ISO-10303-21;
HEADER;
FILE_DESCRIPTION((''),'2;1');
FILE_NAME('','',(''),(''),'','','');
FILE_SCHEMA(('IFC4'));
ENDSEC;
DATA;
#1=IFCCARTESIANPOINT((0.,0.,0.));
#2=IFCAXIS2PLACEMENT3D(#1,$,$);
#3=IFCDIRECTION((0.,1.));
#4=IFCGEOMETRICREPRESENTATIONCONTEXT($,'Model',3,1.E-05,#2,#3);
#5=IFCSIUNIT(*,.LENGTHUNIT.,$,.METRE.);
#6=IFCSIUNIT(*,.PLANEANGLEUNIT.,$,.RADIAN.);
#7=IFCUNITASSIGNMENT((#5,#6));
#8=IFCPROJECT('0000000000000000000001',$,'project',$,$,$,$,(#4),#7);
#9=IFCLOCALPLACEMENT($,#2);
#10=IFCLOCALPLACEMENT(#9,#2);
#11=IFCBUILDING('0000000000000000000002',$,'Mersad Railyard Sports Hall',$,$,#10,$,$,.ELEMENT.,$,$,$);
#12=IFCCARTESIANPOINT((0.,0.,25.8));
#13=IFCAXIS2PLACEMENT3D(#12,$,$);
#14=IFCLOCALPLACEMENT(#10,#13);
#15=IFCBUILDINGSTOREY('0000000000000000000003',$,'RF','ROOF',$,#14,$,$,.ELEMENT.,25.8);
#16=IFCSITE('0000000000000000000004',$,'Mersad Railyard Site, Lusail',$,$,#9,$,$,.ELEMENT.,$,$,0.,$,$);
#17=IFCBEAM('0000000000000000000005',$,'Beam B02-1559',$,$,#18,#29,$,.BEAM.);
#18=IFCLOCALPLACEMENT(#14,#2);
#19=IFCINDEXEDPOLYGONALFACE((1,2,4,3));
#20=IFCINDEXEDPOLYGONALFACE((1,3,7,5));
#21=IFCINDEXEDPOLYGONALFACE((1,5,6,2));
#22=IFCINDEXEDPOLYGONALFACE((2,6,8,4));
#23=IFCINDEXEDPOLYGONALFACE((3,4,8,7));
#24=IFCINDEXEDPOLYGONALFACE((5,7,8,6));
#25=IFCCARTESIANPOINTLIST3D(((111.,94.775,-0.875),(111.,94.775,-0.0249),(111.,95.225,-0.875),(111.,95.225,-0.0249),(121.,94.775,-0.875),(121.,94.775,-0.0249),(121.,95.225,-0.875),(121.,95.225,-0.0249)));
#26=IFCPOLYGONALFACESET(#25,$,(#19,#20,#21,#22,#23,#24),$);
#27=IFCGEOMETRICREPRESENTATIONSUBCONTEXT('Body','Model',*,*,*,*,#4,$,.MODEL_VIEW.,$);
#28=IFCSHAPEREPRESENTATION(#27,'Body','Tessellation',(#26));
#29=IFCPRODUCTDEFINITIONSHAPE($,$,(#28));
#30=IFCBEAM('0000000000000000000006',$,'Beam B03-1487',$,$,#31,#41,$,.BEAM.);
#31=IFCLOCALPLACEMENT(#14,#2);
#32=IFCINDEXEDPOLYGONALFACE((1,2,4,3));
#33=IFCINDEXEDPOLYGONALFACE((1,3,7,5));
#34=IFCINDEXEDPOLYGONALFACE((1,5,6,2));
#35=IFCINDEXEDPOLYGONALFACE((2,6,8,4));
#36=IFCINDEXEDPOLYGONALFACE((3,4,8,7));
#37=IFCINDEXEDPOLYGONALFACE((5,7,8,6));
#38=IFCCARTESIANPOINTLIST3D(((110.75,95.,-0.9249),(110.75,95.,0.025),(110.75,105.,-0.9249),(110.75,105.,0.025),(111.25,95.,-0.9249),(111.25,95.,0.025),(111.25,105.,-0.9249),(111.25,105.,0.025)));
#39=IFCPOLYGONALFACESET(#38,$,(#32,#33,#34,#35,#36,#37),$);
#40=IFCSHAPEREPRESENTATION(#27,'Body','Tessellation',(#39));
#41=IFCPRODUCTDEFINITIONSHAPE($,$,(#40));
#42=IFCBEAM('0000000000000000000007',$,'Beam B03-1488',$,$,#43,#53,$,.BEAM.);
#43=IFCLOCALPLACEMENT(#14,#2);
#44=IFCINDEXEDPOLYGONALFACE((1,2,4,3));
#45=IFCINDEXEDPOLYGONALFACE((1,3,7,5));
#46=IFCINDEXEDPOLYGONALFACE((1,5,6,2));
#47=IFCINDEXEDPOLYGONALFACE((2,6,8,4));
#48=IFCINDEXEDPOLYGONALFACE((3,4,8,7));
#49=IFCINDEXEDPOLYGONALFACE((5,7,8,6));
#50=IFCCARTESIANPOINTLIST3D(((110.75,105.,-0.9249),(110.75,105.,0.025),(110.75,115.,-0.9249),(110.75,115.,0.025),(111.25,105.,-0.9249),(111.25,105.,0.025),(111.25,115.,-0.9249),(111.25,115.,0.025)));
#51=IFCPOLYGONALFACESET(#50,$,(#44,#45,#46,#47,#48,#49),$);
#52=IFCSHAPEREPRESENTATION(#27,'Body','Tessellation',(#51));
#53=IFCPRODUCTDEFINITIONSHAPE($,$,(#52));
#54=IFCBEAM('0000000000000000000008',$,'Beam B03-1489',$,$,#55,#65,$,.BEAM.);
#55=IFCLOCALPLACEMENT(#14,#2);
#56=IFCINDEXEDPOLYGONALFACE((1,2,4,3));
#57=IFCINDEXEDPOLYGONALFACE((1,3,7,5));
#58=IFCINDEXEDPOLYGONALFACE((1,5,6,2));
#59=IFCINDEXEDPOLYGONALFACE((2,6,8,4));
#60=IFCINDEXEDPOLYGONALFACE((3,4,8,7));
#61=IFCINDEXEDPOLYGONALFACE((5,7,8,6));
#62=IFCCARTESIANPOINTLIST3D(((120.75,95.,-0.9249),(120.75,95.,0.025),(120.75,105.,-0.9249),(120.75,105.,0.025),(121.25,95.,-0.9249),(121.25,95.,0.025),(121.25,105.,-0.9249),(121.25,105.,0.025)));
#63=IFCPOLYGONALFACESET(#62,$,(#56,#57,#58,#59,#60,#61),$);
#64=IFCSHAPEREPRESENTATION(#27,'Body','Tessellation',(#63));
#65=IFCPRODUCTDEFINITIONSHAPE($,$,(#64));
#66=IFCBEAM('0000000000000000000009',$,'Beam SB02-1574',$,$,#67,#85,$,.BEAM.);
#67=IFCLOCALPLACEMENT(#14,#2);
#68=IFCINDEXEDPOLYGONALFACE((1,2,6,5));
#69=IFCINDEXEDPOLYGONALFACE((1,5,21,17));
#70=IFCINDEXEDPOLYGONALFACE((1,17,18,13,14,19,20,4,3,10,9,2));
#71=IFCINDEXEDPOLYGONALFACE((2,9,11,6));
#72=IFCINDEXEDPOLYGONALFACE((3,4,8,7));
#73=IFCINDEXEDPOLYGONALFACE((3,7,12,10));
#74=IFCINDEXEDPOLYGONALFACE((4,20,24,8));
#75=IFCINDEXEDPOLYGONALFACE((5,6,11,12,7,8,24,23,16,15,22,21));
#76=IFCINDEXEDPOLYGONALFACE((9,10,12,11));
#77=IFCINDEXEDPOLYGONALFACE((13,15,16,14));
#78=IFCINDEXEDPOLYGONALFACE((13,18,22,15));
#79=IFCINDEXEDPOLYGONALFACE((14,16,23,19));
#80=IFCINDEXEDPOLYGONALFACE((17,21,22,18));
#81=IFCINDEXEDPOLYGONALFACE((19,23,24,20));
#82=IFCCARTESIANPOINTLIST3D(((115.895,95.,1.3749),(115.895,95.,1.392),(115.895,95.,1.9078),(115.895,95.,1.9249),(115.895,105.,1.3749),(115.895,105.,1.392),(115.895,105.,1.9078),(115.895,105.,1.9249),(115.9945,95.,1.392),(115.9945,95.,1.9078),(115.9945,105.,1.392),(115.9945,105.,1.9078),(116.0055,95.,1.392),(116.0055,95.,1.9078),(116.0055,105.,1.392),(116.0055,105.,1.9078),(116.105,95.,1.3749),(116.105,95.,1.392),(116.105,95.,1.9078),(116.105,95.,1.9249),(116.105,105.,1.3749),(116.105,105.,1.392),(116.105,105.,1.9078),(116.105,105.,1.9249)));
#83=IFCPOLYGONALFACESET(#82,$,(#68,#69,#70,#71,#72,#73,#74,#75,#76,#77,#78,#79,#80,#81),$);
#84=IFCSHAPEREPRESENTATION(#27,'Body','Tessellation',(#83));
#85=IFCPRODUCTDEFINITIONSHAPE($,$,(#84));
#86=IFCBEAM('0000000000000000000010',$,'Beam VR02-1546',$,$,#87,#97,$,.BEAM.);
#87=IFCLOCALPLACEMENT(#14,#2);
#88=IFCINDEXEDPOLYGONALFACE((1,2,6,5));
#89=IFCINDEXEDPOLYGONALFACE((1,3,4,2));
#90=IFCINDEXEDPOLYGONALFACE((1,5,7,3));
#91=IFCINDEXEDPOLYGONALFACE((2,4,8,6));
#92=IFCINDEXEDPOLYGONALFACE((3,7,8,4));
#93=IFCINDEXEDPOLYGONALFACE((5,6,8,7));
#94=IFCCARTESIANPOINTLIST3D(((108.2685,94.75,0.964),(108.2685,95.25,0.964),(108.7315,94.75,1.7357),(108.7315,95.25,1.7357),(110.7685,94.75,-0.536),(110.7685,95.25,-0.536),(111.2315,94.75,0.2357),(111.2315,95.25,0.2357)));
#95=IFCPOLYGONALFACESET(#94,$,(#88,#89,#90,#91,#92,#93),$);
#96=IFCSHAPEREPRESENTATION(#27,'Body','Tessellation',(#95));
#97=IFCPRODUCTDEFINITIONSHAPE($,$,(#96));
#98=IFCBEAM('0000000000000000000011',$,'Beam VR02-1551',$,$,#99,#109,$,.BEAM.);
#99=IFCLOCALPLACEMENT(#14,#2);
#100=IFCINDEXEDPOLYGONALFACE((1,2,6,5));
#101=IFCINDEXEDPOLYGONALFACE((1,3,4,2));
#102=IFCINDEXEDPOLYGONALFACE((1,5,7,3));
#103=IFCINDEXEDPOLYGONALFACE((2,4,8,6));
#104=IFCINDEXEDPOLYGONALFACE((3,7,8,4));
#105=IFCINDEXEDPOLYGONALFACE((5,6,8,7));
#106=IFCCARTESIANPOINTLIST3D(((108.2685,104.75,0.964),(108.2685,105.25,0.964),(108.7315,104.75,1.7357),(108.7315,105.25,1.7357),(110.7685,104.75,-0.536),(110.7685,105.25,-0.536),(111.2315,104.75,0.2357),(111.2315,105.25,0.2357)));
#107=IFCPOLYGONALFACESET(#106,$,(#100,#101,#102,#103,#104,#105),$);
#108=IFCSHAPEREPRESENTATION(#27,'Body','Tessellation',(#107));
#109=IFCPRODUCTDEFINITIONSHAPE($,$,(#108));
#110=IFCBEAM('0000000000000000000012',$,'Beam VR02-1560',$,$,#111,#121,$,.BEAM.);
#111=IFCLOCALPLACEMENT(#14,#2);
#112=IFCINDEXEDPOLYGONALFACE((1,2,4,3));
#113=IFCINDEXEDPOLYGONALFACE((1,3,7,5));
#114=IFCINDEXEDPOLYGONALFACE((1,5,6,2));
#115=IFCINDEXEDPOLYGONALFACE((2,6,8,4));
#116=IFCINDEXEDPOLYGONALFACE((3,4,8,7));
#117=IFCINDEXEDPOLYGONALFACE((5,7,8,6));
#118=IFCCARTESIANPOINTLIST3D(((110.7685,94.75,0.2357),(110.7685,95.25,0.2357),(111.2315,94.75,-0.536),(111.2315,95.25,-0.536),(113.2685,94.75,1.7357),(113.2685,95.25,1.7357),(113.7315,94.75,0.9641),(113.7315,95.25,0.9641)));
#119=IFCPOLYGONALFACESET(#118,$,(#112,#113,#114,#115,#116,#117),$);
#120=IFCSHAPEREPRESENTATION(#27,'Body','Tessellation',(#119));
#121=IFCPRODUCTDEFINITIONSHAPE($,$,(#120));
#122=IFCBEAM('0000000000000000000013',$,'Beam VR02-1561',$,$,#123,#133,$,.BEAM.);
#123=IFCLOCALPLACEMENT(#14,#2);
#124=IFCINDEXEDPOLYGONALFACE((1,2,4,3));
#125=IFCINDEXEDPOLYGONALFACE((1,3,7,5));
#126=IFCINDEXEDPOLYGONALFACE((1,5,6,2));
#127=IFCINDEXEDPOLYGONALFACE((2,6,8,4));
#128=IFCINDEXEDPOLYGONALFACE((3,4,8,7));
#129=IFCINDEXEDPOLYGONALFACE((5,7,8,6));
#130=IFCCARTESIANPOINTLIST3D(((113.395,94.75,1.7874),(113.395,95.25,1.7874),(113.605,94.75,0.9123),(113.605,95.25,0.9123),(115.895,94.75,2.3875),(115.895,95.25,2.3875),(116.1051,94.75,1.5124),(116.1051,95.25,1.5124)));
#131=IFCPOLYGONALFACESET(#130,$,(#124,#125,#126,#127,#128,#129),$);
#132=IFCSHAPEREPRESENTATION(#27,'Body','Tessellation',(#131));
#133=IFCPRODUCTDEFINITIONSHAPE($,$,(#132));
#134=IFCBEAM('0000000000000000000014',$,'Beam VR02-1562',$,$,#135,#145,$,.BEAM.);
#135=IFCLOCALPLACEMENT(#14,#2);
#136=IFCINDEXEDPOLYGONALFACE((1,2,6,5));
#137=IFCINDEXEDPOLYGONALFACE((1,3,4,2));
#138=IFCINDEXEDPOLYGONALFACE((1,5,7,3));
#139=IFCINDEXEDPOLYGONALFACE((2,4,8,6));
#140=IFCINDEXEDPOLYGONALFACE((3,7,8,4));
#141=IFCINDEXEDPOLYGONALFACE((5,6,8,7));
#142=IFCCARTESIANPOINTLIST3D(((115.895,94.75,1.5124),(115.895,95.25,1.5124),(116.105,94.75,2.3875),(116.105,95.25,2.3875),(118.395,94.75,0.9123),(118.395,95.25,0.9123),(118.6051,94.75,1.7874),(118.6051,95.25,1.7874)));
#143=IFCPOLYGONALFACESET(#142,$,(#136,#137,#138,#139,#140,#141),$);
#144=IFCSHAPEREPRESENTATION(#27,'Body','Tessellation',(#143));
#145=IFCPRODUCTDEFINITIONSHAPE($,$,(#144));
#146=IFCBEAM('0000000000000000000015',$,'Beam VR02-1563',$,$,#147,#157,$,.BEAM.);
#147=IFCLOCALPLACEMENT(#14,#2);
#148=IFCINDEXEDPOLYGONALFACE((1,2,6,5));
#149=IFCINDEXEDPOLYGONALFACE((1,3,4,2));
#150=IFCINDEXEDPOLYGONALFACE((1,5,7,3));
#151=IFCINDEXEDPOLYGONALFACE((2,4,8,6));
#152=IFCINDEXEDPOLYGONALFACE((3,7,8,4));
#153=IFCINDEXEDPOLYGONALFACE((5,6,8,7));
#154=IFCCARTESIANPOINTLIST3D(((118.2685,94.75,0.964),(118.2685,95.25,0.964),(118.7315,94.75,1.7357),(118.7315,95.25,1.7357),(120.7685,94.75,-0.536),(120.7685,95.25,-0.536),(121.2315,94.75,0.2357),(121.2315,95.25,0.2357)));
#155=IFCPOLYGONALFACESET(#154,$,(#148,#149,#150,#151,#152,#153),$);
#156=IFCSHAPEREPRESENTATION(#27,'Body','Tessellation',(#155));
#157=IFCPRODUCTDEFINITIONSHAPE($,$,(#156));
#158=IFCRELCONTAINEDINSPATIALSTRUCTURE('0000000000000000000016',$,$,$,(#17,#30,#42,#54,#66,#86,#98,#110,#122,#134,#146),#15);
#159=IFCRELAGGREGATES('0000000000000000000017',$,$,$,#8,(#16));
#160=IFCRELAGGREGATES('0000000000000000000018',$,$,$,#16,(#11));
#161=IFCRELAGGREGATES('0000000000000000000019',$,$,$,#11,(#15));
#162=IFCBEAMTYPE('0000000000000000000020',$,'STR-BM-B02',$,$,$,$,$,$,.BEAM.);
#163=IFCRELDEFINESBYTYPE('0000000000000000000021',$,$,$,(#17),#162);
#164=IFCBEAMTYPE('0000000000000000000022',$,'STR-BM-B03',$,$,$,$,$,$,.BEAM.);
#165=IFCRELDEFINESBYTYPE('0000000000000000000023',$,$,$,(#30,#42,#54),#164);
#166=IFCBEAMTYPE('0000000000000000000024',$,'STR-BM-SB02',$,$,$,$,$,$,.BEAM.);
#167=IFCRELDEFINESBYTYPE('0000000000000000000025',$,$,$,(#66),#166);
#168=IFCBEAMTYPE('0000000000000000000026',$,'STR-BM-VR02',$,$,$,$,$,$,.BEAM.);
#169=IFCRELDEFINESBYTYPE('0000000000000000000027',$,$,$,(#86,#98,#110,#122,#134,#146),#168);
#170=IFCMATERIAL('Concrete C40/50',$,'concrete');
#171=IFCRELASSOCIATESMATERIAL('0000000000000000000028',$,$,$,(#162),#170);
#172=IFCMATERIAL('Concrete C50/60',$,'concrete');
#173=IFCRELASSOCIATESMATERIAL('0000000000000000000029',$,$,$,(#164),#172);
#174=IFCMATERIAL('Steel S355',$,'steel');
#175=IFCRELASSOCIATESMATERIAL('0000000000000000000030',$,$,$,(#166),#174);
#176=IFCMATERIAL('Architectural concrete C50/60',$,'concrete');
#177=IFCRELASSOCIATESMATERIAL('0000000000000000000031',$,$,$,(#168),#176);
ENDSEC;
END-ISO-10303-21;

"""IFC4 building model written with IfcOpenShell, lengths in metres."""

from ifc_helpers import new_model, si_unit, direction, frame, origin, origin_2d, place, context, subcontext, project, spatial, rectangle, i_section, extrude, material, material_profile, profile_set, type_object, element, save


model = new_model("IFC4")

# Units and contexts
model_context = context("Model", 3, precision=1e-05, world=origin(), true_north=direction((0.0, 1.0)))
body_context = subcontext(model_context, "Body", "Model", "MODEL_VIEW")
ifc_project = project(units=[si_unit("LENGTHUNIT", "METRE"), si_unit("PLANEANGLEUNIT", "RADIAN")], contexts=[model_context])

# Site, building, storey
site_placement = place(None, origin())
site = spatial("IfcSite", under=ifc_project, at=site_placement, Name="Mersad Railyard Site, Lusail", CompositionType="ELEMENT", RefElevation=0.0)
building_placement = place(site_placement, origin())
building = spatial("IfcBuilding", under=site, at=building_placement, Name="Mersad Railyard Sports Hall", CompositionType="ELEMENT")
storey_placement = place(building_placement, frame((0.0, 0.0, 25.8)))
storey = spatial("IfcBuildingStorey", under=building, at=storey_placement, Name="RF", Description="ROOF", CompositionType="ELEMENT", Elevation=25.8)

# Beams
ifc_material_1 = material(Name="Concrete C40/50", Category="concrete")
ifc_material_profile_1 = material_profile(ifc_material_1, rectangle(XDim=0.45, YDim=0.8501, at=origin_2d()), Name="RC 450x850")
ifc_profile_set_1 = profile_set([ifc_material_profile_1], Name="Concrete C40/50")
beam_type_1 = type_object("IfcBeamType", Name="STR-BM-B02", PredefinedType="BEAM", material=ifc_profile_set_1)
beam_1_placement = place(storey_placement, frame((111.0, 95.0, -0.45), z_axis=(1.0, 0.0, 0.0), x_axis=(0.0, 1.0, 0.0)))
element("IfcBeam", 1, at=beam_1_placement, inside=storey, type_object=beam_type_1, Name="Beam B02-1559", PredefinedType="BEAM", context=body_context, shape_type="SweptSolid", body=[
    extrude(rectangle(XDim=0.45, YDim=0.8501, at=origin_2d()), origin(), (0.0, 0.0, 1.0), 10.0),
])
ifc_material_2 = material(Name="Concrete C50/60", Category="concrete")
ifc_material_profile_2 = material_profile(ifc_material_2, rectangle(XDim=0.5, YDim=0.95, at=origin_2d()), Name="RC 500x950")
ifc_profile_set_2 = profile_set([ifc_material_profile_2], Name="Concrete C50/60")
beam_type_2 = type_object("IfcBeamType", Name="STR-BM-B03", PredefinedType="BEAM", material=ifc_profile_set_2)
for number, where, z_axis, x_axis, name in (
    (2, (111.0, 95.0, -0.45), (0.0, 1.0, 0.0), (-1.0, 0.0, 0.0), "Beam B03-1487"),
    (3, (111.0, 105.0, -0.45), (0.0, 1.0, 0.0), (-1.0, 0.0, 0.0), "Beam B03-1488"),
    (4, (121.0, 95.0, -0.45), (0.0, 1.0, 0.0), (-1.0, 0.0, 0.0), "Beam B03-1489"),
):
    element("IfcBeam", number, at=place(storey_placement, frame(where, z_axis=z_axis, x_axis=x_axis)), inside=storey, type_object=beam_type_2, Name=name, PredefinedType="BEAM", context=body_context, shape_type="SweptSolid", body=[
        extrude(rectangle(XDim=0.5, YDim=0.95, at=origin_2d()), origin(), (0.0, 0.0, 1.0), 10.0),
    ])
ifc_material_3 = material(Name="Steel S355", Category="steel")
ifc_material_profile_3 = material_profile(ifc_material_3, i_section(OverallWidth=0.21, OverallDepth=0.55, WebThickness=0.011, FlangeThickness=0.0171, at=origin_2d()), Name="IPE 550")
ifc_profile_set_3 = profile_set([ifc_material_profile_3], Name="Steel S355")
beam_type_3 = type_object("IfcBeamType", Name="STR-BM-SB02", PredefinedType="BEAM", material=ifc_profile_set_3)
beam_2_placement = place(storey_placement, frame((116.0, 95.0, 1.6499), z_axis=(0.0, 1.0, 0.0), x_axis=(-1.0, 0.0, 0.0)))
element("IfcBeam", 5, at=beam_2_placement, inside=storey, type_object=beam_type_3, Name="Beam SB02-1574", PredefinedType="BEAM", context=body_context, shape_type="SweptSolid", body=[
    extrude(i_section(OverallWidth=0.21, OverallDepth=0.55, WebThickness=0.011, FlangeThickness=0.0171, at=origin_2d()), origin(), (0.0, 0.0, 1.0), 10.0),
])
ifc_material_4 = material(Name="Architectural concrete C50/60", Category="concrete")
ifc_material_profile_4 = material_profile(ifc_material_4, rectangle(XDim=0.5, YDim=0.8999, at=origin_2d()), Name="VR 500x900")
ifc_profile_set_4 = profile_set([ifc_material_profile_4], Name="Architectural concrete C50/60")
beam_type_4 = type_object("IfcBeamType", Name="STR-BM-VR02", PredefinedType="BEAM", material=ifc_profile_set_4)
for number, where, z_axis, x_axis, name in (
    (6, (108.5, 95.0, 1.3499), (0.857493, 0.0, -0.514496), (0.0, 1.0, 0.0), "Beam VR02-1546"),
    (7, (108.5, 105.0, 1.3499), (0.857493, 0.0, -0.514496), (0.0, 1.0, 0.0), "Beam VR02-1551"),
    (8, (111.0, 95.0, -0.1501), (0.857493, 0.0, 0.514496), (0.0, 1.0, 0.0), "Beam VR02-1560"),
):
    element("IfcBeam", number, at=place(storey_placement, frame(where, z_axis=z_axis, x_axis=x_axis)), inside=storey, type_object=beam_type_4, Name=name, PredefinedType="BEAM", context=body_context, shape_type="SweptSolid", body=[
        extrude(rectangle(XDim=0.5, YDim=0.8999, at=origin_2d()), origin(), (0.0, 0.0, 1.0), 2.9155),
    ])
for number, where, z_axis, x_axis, name in (
    (9, (113.5, 95.0, 1.3499), (0.972379, 0.0, 0.233409), (0.0, 1.0, 0.0), "Beam VR02-1561"),
    (10, (116.0, 95.0, 1.95), (0.972379, 0.0, -0.233409), (0.0, 1.0, 0.0), "Beam VR02-1562"),
):
    element("IfcBeam", number, at=place(storey_placement, frame(where, z_axis=z_axis, x_axis=x_axis)), inside=storey, type_object=beam_type_4, Name=name, PredefinedType="BEAM", context=body_context, shape_type="SweptSolid", body=[
        extrude(rectangle(XDim=0.5, YDim=0.8999, at=origin_2d()), origin(), (0.0, 0.0, 1.0), 2.571),
    ])
beam_3_placement = place(storey_placement, frame((118.5, 95.0, 1.3499), z_axis=(0.857493, 0.0, -0.514496), x_axis=(0.0, 1.0, 0.0)))
element("IfcBeam", 11, at=beam_3_placement, inside=storey, type_object=beam_type_4, Name="Beam VR02-1563", PredefinedType="BEAM", context=body_context, shape_type="SweptSolid", body=[
    extrude(rectangle(XDim=0.5, YDim=0.8999, at=origin_2d()), origin(), (0.0, 0.0, 1.0), 2.9155),
])

save(model, "model.ifc")
